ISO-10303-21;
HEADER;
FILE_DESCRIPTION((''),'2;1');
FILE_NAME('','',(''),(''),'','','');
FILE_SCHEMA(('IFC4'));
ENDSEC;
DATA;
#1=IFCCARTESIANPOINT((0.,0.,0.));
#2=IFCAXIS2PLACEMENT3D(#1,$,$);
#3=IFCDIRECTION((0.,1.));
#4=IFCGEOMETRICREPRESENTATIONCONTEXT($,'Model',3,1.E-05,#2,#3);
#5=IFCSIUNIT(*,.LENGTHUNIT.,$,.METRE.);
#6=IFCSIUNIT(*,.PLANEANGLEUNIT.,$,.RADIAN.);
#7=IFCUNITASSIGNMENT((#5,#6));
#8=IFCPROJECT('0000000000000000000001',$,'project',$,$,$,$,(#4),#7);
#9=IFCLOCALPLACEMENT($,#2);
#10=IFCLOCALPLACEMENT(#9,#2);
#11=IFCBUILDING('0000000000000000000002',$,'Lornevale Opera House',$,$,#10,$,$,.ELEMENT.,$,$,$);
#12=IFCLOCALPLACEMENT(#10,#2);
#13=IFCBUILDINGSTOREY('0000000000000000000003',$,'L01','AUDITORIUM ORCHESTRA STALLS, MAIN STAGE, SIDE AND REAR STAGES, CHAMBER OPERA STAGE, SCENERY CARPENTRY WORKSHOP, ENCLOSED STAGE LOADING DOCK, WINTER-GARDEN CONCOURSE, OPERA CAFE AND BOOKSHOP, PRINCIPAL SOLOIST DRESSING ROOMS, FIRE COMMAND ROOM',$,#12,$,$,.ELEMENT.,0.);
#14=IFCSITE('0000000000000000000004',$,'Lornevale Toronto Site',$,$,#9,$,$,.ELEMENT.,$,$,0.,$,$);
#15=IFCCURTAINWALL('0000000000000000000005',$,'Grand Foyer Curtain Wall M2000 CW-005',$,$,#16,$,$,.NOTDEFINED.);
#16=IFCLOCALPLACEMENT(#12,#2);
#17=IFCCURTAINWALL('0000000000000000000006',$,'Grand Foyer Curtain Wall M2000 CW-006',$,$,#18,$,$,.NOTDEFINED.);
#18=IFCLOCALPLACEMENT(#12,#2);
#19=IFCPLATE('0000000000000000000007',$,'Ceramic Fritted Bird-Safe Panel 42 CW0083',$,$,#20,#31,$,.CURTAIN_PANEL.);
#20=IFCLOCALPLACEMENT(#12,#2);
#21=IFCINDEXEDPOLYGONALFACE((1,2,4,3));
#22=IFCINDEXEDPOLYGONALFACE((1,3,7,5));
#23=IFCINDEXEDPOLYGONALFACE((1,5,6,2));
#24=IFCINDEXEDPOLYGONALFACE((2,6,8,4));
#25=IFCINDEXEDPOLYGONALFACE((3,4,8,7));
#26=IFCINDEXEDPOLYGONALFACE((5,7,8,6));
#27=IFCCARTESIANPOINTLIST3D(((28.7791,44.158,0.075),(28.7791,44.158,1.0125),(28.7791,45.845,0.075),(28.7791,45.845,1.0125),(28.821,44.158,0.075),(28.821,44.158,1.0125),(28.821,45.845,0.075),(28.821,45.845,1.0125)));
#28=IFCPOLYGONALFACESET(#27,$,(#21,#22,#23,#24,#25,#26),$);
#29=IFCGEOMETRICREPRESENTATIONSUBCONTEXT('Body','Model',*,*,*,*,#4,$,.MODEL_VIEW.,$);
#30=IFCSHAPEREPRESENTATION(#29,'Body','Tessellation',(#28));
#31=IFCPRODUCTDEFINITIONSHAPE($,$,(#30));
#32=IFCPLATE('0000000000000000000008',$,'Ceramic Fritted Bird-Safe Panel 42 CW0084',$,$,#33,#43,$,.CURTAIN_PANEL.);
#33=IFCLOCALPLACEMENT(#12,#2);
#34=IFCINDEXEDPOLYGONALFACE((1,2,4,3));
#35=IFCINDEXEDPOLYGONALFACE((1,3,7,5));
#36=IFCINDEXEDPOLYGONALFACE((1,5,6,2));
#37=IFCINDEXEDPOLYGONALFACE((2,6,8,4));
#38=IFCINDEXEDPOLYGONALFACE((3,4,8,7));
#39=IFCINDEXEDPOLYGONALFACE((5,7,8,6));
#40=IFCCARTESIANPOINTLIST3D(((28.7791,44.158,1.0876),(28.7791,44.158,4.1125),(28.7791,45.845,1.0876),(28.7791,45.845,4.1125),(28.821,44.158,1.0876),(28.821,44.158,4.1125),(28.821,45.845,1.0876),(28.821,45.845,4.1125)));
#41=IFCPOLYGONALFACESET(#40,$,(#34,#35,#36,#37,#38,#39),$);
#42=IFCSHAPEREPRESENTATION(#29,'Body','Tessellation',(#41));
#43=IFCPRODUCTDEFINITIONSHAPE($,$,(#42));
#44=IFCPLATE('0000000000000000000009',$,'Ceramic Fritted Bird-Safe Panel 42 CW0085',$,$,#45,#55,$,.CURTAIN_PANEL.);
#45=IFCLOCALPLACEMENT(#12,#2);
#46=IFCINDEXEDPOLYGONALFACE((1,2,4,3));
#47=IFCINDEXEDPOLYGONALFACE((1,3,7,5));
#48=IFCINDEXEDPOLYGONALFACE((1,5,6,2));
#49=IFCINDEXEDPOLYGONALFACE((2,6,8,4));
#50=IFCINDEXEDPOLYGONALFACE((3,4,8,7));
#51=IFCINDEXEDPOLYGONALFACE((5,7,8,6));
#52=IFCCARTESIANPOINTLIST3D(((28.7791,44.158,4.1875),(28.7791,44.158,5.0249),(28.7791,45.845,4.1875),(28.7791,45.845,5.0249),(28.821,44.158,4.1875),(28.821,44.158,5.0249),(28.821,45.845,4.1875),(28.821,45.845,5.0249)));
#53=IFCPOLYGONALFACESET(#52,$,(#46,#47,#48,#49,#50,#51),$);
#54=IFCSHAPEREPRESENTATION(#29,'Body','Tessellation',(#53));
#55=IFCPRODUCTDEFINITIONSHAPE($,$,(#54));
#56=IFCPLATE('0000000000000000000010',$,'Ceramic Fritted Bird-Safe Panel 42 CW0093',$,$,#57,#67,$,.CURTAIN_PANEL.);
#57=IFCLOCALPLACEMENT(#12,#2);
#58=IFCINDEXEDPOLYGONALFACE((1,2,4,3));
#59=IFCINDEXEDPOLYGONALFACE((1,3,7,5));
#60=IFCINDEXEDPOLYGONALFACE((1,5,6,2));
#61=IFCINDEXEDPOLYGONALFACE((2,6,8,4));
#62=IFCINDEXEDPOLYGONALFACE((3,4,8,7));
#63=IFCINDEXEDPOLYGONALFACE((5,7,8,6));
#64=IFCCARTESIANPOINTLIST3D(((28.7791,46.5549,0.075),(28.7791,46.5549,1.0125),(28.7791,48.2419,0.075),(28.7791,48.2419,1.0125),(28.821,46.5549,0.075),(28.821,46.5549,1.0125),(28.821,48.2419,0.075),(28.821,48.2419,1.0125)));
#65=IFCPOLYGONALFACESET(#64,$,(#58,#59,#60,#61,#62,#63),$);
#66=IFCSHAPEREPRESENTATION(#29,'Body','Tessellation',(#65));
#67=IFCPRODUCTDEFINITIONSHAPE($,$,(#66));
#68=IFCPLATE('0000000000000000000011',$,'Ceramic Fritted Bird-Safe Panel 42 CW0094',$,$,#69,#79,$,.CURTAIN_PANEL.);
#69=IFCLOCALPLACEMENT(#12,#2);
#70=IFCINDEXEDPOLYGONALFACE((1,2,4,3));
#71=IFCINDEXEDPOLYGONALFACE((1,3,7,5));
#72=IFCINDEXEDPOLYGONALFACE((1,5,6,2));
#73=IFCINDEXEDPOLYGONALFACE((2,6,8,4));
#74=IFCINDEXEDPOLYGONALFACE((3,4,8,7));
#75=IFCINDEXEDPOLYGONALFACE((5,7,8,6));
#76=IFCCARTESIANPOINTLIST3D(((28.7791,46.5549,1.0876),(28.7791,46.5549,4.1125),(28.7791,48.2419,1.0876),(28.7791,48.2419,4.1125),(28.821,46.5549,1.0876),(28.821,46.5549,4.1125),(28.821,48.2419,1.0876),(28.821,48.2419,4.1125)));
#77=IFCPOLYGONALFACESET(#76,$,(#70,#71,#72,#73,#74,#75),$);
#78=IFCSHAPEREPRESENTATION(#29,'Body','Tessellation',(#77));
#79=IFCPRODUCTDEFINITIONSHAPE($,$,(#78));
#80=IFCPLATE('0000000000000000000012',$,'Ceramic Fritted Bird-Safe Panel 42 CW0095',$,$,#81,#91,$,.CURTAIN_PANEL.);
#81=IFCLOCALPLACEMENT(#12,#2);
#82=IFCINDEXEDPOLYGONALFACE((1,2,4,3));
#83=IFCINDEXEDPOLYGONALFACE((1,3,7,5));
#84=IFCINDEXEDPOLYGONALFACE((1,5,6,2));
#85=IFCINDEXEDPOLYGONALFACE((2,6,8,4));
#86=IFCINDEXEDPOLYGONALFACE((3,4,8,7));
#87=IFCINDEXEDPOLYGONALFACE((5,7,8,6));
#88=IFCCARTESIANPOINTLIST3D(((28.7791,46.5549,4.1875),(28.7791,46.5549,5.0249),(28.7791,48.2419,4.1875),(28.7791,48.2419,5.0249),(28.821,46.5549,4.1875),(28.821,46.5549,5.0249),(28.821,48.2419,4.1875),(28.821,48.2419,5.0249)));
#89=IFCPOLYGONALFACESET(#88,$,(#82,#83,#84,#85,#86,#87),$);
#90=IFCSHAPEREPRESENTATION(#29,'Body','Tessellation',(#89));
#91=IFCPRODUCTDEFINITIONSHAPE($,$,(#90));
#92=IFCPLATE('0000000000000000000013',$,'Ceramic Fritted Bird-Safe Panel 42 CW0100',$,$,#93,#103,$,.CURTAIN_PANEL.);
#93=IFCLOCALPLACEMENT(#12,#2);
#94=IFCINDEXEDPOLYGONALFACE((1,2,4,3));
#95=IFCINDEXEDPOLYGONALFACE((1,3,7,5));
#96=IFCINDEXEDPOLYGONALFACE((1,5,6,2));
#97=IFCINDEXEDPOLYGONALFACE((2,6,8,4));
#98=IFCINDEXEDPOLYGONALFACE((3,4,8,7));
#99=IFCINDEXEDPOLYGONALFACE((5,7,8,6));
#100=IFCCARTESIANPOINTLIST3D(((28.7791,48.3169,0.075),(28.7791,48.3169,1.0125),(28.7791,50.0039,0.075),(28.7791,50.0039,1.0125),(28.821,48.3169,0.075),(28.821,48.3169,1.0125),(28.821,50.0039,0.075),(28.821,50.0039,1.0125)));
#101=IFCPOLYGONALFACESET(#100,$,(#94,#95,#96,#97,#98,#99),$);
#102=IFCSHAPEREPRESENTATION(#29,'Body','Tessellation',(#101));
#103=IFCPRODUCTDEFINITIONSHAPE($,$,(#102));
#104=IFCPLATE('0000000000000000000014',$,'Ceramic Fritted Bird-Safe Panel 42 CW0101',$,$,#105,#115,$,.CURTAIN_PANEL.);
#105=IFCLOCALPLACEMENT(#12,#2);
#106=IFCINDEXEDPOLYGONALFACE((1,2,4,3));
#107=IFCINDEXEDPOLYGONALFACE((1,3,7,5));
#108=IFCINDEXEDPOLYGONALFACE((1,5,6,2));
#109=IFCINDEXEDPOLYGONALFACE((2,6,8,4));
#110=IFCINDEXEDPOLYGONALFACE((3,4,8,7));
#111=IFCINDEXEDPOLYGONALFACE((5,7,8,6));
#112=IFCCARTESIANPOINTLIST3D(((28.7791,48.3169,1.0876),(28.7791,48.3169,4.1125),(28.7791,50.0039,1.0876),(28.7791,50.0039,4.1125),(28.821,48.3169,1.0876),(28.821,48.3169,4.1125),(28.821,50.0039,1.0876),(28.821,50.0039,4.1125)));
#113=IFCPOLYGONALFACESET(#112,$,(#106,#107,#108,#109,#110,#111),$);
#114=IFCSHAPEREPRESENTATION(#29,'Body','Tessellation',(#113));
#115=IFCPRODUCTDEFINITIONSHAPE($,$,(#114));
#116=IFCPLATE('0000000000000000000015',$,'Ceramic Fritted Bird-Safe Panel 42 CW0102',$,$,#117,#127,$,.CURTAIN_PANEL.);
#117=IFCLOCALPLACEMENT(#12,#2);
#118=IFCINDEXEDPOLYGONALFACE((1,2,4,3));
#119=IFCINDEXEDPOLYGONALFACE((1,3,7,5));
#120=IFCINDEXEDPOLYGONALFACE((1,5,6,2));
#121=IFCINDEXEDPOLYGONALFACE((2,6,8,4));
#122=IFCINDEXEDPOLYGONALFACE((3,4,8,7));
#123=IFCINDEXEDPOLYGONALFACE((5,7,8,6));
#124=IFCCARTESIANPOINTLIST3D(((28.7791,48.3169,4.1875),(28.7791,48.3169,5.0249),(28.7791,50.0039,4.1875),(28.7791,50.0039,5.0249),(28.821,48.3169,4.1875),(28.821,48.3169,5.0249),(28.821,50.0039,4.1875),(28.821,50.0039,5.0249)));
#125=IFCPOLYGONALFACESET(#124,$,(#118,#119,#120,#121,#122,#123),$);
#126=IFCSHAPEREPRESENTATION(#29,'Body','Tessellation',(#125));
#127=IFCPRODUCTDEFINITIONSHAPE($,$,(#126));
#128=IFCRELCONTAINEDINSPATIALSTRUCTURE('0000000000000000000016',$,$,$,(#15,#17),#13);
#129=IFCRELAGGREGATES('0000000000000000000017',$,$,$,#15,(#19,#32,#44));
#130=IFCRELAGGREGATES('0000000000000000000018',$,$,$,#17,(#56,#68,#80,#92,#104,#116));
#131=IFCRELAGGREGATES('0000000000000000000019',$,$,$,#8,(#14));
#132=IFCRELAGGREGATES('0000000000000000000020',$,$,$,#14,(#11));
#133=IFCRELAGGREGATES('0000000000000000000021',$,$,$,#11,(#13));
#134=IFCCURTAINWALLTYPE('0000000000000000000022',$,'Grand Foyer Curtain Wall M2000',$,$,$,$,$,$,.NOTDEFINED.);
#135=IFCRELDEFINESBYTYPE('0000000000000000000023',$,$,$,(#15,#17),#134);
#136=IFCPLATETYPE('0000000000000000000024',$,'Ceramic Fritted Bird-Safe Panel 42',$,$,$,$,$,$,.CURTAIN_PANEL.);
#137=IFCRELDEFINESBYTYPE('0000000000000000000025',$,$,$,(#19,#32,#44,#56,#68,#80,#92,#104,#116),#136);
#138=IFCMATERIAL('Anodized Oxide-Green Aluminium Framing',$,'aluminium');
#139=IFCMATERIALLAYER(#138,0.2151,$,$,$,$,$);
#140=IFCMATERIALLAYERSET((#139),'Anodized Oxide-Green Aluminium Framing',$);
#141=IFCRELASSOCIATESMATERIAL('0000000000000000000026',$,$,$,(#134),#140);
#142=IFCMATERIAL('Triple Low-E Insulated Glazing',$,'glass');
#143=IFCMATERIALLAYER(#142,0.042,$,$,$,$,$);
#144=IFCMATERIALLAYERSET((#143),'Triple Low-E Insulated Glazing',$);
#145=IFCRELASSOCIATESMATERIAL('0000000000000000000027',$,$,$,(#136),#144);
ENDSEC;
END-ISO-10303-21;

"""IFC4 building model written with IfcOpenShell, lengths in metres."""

from ifc_helpers import new_model, si_unit, direction, frame, origin, origin_2d, place, context, subcontext, project, spatial, rectangle, extrude, material, layer, layer_set, type_object, element, aggregate, save


model = new_model("IFC4")

# Units and contexts
model_context = context("Model", 3, precision=1e-05, world=origin(), true_north=direction((0.0, 1.0)))
body_context = subcontext(model_context, "Body", "Model", "MODEL_VIEW")
ifc_project = project(units=[si_unit("LENGTHUNIT", "METRE"), si_unit("PLANEANGLEUNIT", "RADIAN")], contexts=[model_context])

# Site, building, storey
site_placement = place(None, origin())
site = spatial("IfcSite", under=ifc_project, at=site_placement, Name="Lornevale Toronto Site", CompositionType="ELEMENT", RefElevation=0.0)
building_placement = place(site_placement, origin())
building = spatial("IfcBuilding", under=site, at=building_placement, Name="Lornevale Opera House", CompositionType="ELEMENT")
storey_placement = place(building_placement, origin())
storey = spatial("IfcBuildingStorey", under=building, at=storey_placement, Name="L01", Description="AUDITORIUM ORCHESTRA STALLS, MAIN STAGE, SIDE AND REAR STAGES, CHAMBER OPERA STAGE, SCENERY CARPENTRY WORKSHOP, ENCLOSED STAGE LOADING DOCK, WINTER-GARDEN CONCOURSE, OPERA CAFE AND BOOKSHOP, PRINCIPAL SOLOIST DRESSING ROOMS, FIRE COMMAND ROOM", CompositionType="ELEMENT", Elevation=0.0)

# Curtain walls
ifc_material_1 = material(Name="Anodized Oxide-Green Aluminium Framing", Category="aluminium")
ifc_layer_1 = layer(ifc_material_1, 0.2151)
ifc_layer_set_1 = layer_set([ifc_layer_1], Name="Anodized Oxide-Green Aluminium Framing")
curtain_wall_type = type_object("IfcCurtainWallType", Name="Grand Foyer Curtain Wall M2000", PredefinedType="NOTDEFINED", material=ifc_layer_set_1)
curtain_wall_1_placement = place(storey_placement, origin())
curtain_wall_1 = element("IfcCurtainWall", 1, at=curtain_wall_1_placement, inside=storey, type_object=curtain_wall_type, Name="Grand Foyer Curtain Wall M2000 CW-005", PredefinedType="NOTDEFINED")
curtain_wall_2_placement = place(storey_placement, origin())
curtain_wall_2 = element("IfcCurtainWall", 2, at=curtain_wall_2_placement, inside=storey, type_object=curtain_wall_type, Name="Grand Foyer Curtain Wall M2000 CW-006", PredefinedType="NOTDEFINED")

# Plates
ifc_material_2 = material(Name="Triple Low-E Insulated Glazing", Category="glass")
ifc_layer_2 = layer(ifc_material_2, 0.042)
ifc_layer_set_2 = layer_set([ifc_layer_2], Name="Triple Low-E Insulated Glazing")
plate_type = type_object("IfcPlateType", Name="Ceramic Fritted Bird-Safe Panel 42", PredefinedType="CURTAIN_PANEL", material=ifc_layer_set_2)
plate_1_placement = place(storey_placement, frame((28.8, 45.0015, 0.075), z_axis=(0.0, 0.0, 1.0), x_axis=(0.0, 1.0, 0.0)))
plate_1 = element("IfcPlate", 3, at=plate_1_placement, type_object=plate_type, Name="Ceramic Fritted Bird-Safe Panel 42 CW0083", PredefinedType="CURTAIN_PANEL", context=body_context, shape_type="SweptSolid", body=[
    extrude(rectangle(XDim=1.687, YDim=0.042, at=origin_2d()), origin(), (0.0, 0.0, 1.0), 0.9375),
])
plate_2_placement = place(storey_placement, frame((28.8, 45.0015, 1.0876), z_axis=(0.0, 0.0, 1.0), x_axis=(0.0, 1.0, 0.0)))
plate_2 = element("IfcPlate", 4, at=plate_2_placement, type_object=plate_type, Name="Ceramic Fritted Bird-Safe Panel 42 CW0084", PredefinedType="CURTAIN_PANEL", context=body_context, shape_type="SweptSolid", body=[
    extrude(rectangle(XDim=1.687, YDim=0.042, at=origin_2d()), origin(), (0.0, 0.0, 1.0), 3.0249),
])
plate_3_placement = place(storey_placement, frame((28.8, 45.0015, 4.1875), z_axis=(0.0, 0.0, 1.0), x_axis=(0.0, 1.0, 0.0)))
plate_3 = element("IfcPlate", 5, at=plate_3_placement, type_object=plate_type, Name="Ceramic Fritted Bird-Safe Panel 42 CW0085", PredefinedType="CURTAIN_PANEL", context=body_context, shape_type="SweptSolid", body=[
    extrude(rectangle(XDim=1.687, YDim=0.042, at=origin_2d()), origin(), (0.0, 0.0, 1.0), 0.8374),
])
aggregate(curtain_wall_1, [plate_1, plate_2, plate_3])
plate_4_placement = place(storey_placement, frame((28.8, 47.3984, 0.075), z_axis=(0.0, 0.0, 1.0), x_axis=(0.0, 1.0, 0.0)))
plate_4 = element("IfcPlate", 6, at=plate_4_placement, type_object=plate_type, Name="Ceramic Fritted Bird-Safe Panel 42 CW0093", PredefinedType="CURTAIN_PANEL", context=body_context, shape_type="SweptSolid", body=[
    extrude(rectangle(XDim=1.687, YDim=0.042, at=origin_2d()), origin(), (0.0, 0.0, 1.0), 0.9375),
])
plate_5_placement = place(storey_placement, frame((28.8, 47.3984, 1.0876), z_axis=(0.0, 0.0, 1.0), x_axis=(0.0, 1.0, 0.0)))
plate_5 = element("IfcPlate", 7, at=plate_5_placement, type_object=plate_type, Name="Ceramic Fritted Bird-Safe Panel 42 CW0094", PredefinedType="CURTAIN_PANEL", context=body_context, shape_type="SweptSolid", body=[
    extrude(rectangle(XDim=1.687, YDim=0.042, at=origin_2d()), origin(), (0.0, 0.0, 1.0), 3.0249),
])
plate_6_placement = place(storey_placement, frame((28.8, 47.3984, 4.1875), z_axis=(0.0, 0.0, 1.0), x_axis=(0.0, 1.0, 0.0)))
plate_6 = element("IfcPlate", 8, at=plate_6_placement, type_object=plate_type, Name="Ceramic Fritted Bird-Safe Panel 42 CW0095", PredefinedType="CURTAIN_PANEL", context=body_context, shape_type="SweptSolid", body=[
    extrude(rectangle(XDim=1.687, YDim=0.042, at=origin_2d()), origin(), (0.0, 0.0, 1.0), 0.8374),
])
plate_7_placement = place(storey_placement, frame((28.8, 49.1604, 0.075), z_axis=(0.0, 0.0, 1.0), x_axis=(0.0, 1.0, 0.0)))
plate_7 = element("IfcPlate", 9, at=plate_7_placement, type_object=plate_type, Name="Ceramic Fritted Bird-Safe Panel 42 CW0100", PredefinedType="CURTAIN_PANEL", context=body_context, shape_type="SweptSolid", body=[
    extrude(rectangle(XDim=1.687, YDim=0.042, at=origin_2d()), origin(), (0.0, 0.0, 1.0), 0.9375),
])
plate_8_placement = place(storey_placement, frame((28.8, 49.1604, 1.0876), z_axis=(0.0, 0.0, 1.0), x_axis=(0.0, 1.0, 0.0)))
plate_8 = element("IfcPlate", 10, at=plate_8_placement, type_object=plate_type, Name="Ceramic Fritted Bird-Safe Panel 42 CW0101", PredefinedType="CURTAIN_PANEL", context=body_context, shape_type="SweptSolid", body=[
    extrude(rectangle(XDim=1.687, YDim=0.042, at=origin_2d()), origin(), (0.0, 0.0, 1.0), 3.0249),
])
plate_9_placement = place(storey_placement, frame((28.8, 49.1604, 4.1875), z_axis=(0.0, 0.0, 1.0), x_axis=(0.0, 1.0, 0.0)))
plate_9 = element("IfcPlate", 11, at=plate_9_placement, type_object=plate_type, Name="Ceramic Fritted Bird-Safe Panel 42 CW0102", PredefinedType="CURTAIN_PANEL", context=body_context, shape_type="SweptSolid", body=[
    extrude(rectangle(XDim=1.687, YDim=0.042, at=origin_2d()), origin(), (0.0, 0.0, 1.0), 0.8374),
])
aggregate(curtain_wall_2, [plate_4, plate_5, plate_6, plate_7, plate_8, plate_9])

save(model, "model.ifc")
